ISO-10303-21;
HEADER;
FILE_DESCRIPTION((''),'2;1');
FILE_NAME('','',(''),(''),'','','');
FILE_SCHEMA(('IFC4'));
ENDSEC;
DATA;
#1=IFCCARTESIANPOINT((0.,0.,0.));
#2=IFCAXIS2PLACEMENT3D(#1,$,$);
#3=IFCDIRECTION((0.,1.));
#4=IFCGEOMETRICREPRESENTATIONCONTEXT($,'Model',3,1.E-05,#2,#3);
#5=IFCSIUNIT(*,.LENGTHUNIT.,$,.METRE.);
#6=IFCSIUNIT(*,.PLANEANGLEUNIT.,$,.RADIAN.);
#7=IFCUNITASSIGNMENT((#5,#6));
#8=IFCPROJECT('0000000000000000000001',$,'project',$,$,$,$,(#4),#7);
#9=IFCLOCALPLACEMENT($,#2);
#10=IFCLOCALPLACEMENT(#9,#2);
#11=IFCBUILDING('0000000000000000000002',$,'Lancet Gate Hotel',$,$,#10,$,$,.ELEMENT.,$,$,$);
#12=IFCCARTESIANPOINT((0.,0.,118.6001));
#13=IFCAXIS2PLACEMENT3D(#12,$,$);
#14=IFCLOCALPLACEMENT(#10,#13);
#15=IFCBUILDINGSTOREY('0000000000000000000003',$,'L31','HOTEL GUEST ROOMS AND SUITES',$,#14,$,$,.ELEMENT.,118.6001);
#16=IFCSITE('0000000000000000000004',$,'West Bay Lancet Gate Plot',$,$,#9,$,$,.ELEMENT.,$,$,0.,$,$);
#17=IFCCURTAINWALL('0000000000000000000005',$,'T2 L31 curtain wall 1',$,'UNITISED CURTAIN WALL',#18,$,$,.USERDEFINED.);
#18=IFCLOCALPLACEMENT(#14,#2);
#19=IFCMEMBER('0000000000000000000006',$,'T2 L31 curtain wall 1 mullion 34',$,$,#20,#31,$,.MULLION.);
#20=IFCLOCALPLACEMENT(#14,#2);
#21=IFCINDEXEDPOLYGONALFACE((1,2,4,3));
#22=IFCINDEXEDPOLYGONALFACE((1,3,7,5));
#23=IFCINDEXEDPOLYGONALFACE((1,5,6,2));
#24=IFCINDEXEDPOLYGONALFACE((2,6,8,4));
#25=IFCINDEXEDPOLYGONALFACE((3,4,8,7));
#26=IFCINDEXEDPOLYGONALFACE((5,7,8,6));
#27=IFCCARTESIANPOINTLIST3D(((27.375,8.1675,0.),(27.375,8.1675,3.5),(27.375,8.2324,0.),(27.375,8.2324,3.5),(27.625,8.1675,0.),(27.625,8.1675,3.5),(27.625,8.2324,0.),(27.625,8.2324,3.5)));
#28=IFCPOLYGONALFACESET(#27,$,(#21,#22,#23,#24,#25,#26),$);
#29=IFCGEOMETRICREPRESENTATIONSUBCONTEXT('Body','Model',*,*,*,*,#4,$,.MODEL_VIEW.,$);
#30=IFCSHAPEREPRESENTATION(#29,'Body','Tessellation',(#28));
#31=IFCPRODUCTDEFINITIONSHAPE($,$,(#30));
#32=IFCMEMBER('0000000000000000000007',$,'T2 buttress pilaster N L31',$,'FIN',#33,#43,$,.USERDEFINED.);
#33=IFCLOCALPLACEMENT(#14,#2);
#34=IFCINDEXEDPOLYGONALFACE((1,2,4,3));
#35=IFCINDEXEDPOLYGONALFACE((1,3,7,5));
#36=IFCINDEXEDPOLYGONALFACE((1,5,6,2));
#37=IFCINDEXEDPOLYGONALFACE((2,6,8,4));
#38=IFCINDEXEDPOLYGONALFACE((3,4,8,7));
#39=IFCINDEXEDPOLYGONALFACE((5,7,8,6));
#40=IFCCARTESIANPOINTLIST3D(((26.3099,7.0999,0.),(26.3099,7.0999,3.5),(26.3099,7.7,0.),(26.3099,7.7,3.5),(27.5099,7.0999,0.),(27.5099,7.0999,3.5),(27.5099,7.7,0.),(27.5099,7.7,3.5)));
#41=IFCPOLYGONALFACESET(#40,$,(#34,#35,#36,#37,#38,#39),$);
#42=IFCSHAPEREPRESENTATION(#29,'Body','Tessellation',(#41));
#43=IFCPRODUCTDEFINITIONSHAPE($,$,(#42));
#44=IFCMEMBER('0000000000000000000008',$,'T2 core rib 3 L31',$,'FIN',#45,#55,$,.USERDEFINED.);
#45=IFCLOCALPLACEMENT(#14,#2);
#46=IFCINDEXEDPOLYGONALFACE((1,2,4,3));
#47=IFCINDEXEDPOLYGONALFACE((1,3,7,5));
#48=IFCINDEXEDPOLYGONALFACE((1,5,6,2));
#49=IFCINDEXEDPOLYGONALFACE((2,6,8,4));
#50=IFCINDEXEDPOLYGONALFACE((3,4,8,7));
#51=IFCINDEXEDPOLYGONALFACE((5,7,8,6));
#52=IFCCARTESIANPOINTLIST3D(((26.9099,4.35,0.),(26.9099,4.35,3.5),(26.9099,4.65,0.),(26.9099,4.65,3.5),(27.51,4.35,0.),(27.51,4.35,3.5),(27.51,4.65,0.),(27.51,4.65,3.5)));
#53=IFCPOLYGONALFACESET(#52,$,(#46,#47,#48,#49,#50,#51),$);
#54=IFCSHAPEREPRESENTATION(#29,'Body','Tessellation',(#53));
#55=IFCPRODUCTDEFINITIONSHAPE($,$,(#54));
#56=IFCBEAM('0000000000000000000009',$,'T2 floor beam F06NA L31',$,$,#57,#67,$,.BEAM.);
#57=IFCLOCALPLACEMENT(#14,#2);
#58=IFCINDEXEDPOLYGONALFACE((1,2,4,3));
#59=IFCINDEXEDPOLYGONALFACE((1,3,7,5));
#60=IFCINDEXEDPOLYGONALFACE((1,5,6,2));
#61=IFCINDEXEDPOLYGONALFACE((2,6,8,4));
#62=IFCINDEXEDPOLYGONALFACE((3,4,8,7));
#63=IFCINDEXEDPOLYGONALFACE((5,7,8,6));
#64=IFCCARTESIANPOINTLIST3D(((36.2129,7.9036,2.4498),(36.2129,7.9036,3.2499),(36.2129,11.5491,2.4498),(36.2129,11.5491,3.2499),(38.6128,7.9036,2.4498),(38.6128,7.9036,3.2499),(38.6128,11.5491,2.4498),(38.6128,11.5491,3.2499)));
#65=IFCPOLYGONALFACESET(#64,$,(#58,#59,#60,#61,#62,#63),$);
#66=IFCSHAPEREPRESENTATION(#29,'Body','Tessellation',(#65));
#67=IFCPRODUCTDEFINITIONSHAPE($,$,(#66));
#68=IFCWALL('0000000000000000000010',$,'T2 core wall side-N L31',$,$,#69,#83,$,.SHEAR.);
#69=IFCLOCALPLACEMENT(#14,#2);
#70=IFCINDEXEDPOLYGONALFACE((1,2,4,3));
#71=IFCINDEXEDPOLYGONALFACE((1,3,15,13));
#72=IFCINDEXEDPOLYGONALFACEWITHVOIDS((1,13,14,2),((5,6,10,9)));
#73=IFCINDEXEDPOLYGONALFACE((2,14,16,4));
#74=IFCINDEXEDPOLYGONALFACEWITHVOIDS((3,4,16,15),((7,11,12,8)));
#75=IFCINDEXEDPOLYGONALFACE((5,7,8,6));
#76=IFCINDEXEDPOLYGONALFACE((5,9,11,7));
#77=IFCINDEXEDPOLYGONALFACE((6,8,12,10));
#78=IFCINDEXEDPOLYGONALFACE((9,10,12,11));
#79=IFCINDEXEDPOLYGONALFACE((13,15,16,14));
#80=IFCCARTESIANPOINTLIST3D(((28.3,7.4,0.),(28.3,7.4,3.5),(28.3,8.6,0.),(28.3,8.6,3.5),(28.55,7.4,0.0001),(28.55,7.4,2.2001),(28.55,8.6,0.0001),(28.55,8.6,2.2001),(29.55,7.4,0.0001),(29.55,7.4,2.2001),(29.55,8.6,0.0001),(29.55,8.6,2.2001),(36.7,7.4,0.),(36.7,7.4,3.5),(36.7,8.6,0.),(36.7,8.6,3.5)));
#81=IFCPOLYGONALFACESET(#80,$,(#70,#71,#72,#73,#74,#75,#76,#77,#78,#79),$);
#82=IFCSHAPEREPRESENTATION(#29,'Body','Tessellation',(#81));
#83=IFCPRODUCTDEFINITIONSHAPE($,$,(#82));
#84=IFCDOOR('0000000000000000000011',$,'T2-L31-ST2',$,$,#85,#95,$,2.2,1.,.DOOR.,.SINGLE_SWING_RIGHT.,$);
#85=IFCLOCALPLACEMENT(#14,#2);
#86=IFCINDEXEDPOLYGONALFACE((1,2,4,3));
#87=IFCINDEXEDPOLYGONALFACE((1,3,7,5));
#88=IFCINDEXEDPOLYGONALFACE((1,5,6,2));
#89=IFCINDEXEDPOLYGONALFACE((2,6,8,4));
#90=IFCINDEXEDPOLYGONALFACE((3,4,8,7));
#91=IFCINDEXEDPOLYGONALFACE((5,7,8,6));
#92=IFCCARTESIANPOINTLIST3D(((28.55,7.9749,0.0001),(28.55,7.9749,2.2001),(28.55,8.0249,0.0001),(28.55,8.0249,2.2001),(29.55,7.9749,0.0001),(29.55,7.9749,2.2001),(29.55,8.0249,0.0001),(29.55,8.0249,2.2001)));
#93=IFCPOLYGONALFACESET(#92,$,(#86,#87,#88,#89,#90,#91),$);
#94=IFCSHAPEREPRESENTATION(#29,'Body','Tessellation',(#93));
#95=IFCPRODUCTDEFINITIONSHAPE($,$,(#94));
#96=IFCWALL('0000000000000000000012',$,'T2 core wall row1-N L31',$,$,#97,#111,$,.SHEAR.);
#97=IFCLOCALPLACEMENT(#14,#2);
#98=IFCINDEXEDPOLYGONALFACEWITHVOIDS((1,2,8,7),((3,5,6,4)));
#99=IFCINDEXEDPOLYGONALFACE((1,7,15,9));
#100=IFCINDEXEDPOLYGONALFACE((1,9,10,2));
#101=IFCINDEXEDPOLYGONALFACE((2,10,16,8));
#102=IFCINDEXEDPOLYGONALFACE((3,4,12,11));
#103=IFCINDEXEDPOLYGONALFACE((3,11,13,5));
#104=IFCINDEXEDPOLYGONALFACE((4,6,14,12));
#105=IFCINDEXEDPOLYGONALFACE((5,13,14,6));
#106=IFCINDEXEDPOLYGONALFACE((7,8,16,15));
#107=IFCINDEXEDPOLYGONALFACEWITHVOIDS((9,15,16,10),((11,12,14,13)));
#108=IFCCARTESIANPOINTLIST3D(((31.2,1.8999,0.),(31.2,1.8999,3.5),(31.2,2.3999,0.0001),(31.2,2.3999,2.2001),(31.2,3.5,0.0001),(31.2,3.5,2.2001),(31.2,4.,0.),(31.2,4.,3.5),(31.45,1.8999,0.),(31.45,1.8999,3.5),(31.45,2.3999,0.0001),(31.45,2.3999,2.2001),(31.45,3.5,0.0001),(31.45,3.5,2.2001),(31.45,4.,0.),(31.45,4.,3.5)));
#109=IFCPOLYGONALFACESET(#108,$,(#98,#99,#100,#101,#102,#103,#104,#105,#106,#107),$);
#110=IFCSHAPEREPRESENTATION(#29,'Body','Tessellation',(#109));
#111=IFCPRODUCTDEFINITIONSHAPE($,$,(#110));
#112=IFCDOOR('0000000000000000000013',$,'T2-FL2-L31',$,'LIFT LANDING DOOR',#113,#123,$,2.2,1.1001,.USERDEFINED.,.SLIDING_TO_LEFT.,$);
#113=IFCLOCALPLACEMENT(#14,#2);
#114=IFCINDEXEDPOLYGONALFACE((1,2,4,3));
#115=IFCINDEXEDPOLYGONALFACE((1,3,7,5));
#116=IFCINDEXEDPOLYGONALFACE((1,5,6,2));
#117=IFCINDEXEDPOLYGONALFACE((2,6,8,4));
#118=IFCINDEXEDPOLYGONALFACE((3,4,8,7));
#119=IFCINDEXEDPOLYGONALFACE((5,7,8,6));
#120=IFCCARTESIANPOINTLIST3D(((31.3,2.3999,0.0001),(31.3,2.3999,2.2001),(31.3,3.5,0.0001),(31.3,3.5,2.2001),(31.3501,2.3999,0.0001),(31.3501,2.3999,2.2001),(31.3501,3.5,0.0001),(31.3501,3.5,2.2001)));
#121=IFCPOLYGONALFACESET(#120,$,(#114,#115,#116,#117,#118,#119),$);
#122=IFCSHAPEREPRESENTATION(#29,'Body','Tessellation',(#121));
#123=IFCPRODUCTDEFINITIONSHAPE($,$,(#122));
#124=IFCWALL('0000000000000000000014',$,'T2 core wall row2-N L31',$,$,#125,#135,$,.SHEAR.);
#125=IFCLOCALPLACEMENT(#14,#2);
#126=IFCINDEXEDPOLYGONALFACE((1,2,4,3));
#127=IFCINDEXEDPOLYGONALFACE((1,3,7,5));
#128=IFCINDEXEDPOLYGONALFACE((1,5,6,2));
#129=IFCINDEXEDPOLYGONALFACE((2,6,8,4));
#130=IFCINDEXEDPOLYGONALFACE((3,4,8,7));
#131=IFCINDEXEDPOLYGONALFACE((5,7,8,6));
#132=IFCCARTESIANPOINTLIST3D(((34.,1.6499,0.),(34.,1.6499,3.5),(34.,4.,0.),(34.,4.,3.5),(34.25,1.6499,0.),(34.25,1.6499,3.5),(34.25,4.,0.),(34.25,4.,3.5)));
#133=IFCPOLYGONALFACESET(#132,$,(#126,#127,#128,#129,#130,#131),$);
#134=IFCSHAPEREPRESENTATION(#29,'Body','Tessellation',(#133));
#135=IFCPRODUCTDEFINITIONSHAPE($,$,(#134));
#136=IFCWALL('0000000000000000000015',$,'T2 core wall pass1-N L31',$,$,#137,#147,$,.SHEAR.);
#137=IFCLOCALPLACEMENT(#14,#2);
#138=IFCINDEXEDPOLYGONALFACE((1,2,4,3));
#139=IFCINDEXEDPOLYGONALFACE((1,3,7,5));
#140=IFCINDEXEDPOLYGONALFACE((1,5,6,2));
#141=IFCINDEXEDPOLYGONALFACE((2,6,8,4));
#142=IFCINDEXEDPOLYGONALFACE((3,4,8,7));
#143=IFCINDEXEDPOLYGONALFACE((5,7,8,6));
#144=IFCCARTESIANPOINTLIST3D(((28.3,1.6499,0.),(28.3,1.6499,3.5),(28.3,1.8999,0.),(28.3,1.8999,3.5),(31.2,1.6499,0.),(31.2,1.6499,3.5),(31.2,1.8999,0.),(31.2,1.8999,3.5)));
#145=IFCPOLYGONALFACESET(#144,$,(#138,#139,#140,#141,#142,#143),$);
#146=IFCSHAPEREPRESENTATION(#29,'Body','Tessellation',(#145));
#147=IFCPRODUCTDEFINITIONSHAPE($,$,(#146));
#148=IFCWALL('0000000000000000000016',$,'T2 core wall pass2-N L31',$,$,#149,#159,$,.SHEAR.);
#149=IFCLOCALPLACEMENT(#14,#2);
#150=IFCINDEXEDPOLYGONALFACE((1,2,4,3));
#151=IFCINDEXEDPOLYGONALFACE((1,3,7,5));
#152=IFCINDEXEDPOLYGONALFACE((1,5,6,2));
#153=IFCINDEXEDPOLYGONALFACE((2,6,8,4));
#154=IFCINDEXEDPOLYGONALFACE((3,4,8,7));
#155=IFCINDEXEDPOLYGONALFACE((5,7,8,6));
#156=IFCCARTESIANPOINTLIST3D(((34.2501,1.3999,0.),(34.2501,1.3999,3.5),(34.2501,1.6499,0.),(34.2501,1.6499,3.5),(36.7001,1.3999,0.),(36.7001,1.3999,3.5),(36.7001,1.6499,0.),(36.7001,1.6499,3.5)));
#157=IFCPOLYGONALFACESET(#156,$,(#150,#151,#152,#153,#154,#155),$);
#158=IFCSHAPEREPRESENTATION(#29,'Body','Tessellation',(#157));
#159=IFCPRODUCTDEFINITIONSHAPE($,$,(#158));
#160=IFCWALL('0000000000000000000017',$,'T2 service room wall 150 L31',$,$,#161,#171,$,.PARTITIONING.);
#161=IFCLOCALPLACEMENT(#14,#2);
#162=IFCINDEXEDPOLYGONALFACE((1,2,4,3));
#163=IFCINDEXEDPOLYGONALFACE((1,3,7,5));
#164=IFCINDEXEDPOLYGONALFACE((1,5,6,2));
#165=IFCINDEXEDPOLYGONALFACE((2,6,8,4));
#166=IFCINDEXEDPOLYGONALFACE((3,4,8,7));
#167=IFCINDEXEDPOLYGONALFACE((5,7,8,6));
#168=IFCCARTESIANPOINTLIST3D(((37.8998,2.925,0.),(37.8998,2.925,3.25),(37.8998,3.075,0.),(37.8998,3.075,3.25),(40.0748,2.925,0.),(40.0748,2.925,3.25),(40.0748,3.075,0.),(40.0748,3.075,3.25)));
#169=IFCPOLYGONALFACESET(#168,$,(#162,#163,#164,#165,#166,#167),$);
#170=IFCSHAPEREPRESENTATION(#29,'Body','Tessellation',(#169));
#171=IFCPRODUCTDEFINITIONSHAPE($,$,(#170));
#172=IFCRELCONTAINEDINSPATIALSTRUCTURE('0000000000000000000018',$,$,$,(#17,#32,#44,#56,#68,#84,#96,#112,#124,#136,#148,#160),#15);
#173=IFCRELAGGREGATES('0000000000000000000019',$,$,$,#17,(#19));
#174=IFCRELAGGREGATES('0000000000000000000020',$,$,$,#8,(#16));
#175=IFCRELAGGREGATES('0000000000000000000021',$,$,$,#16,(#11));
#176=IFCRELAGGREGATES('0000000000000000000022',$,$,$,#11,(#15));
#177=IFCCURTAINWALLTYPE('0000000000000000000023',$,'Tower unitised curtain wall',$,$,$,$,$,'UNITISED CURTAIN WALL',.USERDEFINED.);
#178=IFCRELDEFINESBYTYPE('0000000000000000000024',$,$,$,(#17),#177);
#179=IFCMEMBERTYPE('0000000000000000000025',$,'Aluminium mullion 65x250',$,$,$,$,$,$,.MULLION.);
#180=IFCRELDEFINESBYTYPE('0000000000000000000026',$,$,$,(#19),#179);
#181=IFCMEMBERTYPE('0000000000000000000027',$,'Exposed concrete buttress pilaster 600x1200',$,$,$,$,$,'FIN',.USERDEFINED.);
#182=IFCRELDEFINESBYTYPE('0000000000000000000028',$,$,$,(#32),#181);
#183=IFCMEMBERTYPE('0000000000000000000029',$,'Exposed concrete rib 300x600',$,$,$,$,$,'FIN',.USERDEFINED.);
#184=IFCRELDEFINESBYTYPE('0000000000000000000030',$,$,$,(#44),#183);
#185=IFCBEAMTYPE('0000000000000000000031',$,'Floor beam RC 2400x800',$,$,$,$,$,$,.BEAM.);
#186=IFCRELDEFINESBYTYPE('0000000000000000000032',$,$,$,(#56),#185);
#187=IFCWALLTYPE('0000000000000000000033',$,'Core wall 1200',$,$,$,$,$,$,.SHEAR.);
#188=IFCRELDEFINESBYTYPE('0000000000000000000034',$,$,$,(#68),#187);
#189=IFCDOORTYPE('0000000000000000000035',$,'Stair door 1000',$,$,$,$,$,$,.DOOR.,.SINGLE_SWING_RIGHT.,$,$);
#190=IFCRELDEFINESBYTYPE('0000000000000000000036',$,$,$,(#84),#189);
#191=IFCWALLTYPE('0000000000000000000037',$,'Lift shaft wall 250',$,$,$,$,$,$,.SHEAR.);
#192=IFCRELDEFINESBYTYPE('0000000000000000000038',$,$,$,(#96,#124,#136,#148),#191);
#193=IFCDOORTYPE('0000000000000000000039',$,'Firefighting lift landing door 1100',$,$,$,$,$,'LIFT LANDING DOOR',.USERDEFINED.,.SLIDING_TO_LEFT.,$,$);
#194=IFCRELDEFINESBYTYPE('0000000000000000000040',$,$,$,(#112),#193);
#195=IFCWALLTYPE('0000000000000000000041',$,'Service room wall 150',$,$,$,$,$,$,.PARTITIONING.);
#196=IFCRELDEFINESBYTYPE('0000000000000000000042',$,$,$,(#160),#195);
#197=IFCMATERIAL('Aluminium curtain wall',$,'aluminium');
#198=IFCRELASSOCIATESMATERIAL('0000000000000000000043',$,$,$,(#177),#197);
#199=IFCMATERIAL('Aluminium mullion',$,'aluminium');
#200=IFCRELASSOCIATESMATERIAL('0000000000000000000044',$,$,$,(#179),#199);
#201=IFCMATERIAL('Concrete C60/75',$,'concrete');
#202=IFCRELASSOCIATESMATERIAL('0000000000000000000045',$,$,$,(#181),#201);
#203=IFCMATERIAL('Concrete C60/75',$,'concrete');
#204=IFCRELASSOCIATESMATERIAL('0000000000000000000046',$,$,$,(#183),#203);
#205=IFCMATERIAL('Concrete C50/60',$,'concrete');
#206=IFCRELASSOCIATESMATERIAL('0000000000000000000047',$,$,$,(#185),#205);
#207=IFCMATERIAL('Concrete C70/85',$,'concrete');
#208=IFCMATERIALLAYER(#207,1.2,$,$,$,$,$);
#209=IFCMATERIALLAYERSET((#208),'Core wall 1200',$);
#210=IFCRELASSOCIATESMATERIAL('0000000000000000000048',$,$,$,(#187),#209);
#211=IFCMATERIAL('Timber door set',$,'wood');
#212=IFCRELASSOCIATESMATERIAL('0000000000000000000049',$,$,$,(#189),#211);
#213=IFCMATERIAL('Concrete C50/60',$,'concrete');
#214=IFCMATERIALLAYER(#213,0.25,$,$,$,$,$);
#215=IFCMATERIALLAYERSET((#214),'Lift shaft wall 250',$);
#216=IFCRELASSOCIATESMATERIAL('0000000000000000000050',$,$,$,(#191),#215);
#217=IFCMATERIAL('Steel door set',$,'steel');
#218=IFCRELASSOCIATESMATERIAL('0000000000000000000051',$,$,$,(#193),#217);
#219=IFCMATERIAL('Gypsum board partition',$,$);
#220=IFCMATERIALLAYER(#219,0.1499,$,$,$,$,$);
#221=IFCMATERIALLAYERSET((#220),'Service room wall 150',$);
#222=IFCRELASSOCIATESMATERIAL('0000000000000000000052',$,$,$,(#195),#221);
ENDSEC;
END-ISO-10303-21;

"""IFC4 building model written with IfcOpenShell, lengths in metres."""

from ifc_helpers import new_model, si_unit, direction, frame, frame_2d, origin, origin_2d, place, context, subcontext, project, spatial, rectangle, extrude, material, layer, layer_set, material_profile, profile_set, type_object, element, fill, aggregate, save


model = new_model("IFC4")

# Units and contexts
model_context = context("Model", 3, precision=1e-05, world=origin(), true_north=direction((0.0, 1.0)))
body_context = subcontext(model_context, "Body", "Model", "MODEL_VIEW")
ifc_project = project(units=[si_unit("LENGTHUNIT", "METRE"), si_unit("PLANEANGLEUNIT", "RADIAN")], contexts=[model_context])

# Site, building, storey
site_placement = place(None, origin())
site = spatial("IfcSite", under=ifc_project, at=site_placement, Name="West Bay Lancet Gate Plot", CompositionType="ELEMENT", RefElevation=0.0)
building_placement = place(site_placement, origin())
building = spatial("IfcBuilding", under=site, at=building_placement, Name="Lancet Gate Hotel", CompositionType="ELEMENT")
storey_placement = place(building_placement, frame((0.0, 0.0, 118.6001)))
storey = spatial("IfcBuildingStorey", under=building, at=storey_placement, Name="L31", Description="HOTEL GUEST ROOMS AND SUITES", CompositionType="ELEMENT", Elevation=118.6001)

# Curtain wall, member
ifc_material_1 = material(Name="Aluminium curtain wall", Category="aluminium")
curtain_wall_type = type_object("IfcCurtainWallType", Name="Tower unitised curtain wall", ElementType="UNITISED CURTAIN WALL", PredefinedType="USERDEFINED", material=ifc_material_1)
curtain_wall_placement = place(storey_placement, origin())
curtain_wall = element("IfcCurtainWall", 1, at=curtain_wall_placement, inside=storey, type_object=curtain_wall_type, Name="T2 L31 curtain wall 1", ObjectType="UNITISED CURTAIN WALL", PredefinedType="USERDEFINED")
ifc_material_2 = material(Name="Aluminium mullion", Category="aluminium")
ifc_material_profile_1 = material_profile(ifc_material_2, rectangle(XDim=0.0649, YDim=0.25, at=origin_2d()), Name="MULLION 65x250")
ifc_profile_set_1 = profile_set([ifc_material_profile_1], Name="Aluminium mullion")
member_type_1 = type_object("IfcMemberType", Name="Aluminium mullion 65x250", PredefinedType="MULLION", material=ifc_profile_set_1)
member_1_placement = place(storey_placement, frame((27.5, 8.2, 0.0), z_axis=(0.0, 0.0, 1.0), x_axis=(0.0, -1.0, 0.0)))
member_1 = element("IfcMember", 2, at=member_1_placement, type_object=member_type_1, Name="T2 L31 curtain wall 1 mullion 34", PredefinedType="MULLION", context=body_context, shape_type="SweptSolid", body=[
    extrude(rectangle(XDim=0.0649, YDim=0.25, at=origin_2d()), origin(), (0.0, 0.0, 1.0), 3.5),
])
aggregate(curtain_wall, [member_1])

# Members
ifc_material_3 = material(Name="Concrete C60/75", Category="concrete")
ifc_material_profile_2 = material_profile(ifc_material_3, rectangle(XDim=0.6001, YDim=1.2, at=origin_2d()), Name="FIN 600x1200")
ifc_profile_set_2 = profile_set([ifc_material_profile_2], Name="Concrete C60/75")
member_type_2 = type_object("IfcMemberType", Name="Exposed concrete buttress pilaster 600x1200", ElementType="FIN", PredefinedType="USERDEFINED", material=ifc_profile_set_2)
member_2_placement = place(storey_placement, frame((26.9099, 7.3999, 0.0), z_axis=(0.0, 0.0, 1.0), x_axis=(0.0, 1.0, 0.0)))
element("IfcMember", 3, at=member_2_placement, inside=storey, type_object=member_type_2, Name="T2 buttress pilaster N L31", ObjectType="FIN", PredefinedType="USERDEFINED", context=body_context, shape_type="SweptSolid", body=[
    extrude(rectangle(XDim=0.6001, YDim=1.2, at=origin_2d()), origin(), (0.0, 0.0, 1.0), 3.5),
])
ifc_material_4 = material(Name="Concrete C60/75", Category="concrete")
ifc_material_profile_3 = material_profile(ifc_material_4, rectangle(XDim=0.3, YDim=0.6001, at=origin_2d()), Name="FIN 300x600")
ifc_profile_set_3 = profile_set([ifc_material_profile_3], Name="Concrete C60/75")
member_type_3 = type_object("IfcMemberType", Name="Exposed concrete rib 300x600", ElementType="FIN", PredefinedType="USERDEFINED", material=ifc_profile_set_3)
member_3_placement = place(storey_placement, frame((27.21, 4.5, 0.0), z_axis=(0.0, 0.0, 1.0), x_axis=(0.0, 1.0, 0.0)))
element("IfcMember", 4, at=member_3_placement, inside=storey, type_object=member_type_3, Name="T2 core rib 3 L31", ObjectType="FIN", PredefinedType="USERDEFINED", context=body_context, shape_type="SweptSolid", body=[
    extrude(rectangle(XDim=0.3, YDim=0.6001, at=origin_2d()), origin(), (0.0, 0.0, 1.0), 3.5),
])

# Beam
ifc_material_5 = material(Name="Concrete C50/60", Category="concrete")
ifc_material_profile_4 = material_profile(ifc_material_5, rectangle(XDim=2.3999, YDim=0.8, at=origin_2d()), Name="RC 2400x800")
ifc_profile_set_4 = profile_set([ifc_material_profile_4], Name="Concrete C50/60")
beam_type = type_object("IfcBeamType", Name="Floor beam RC 2400x800", PredefinedType="BEAM", material=ifc_profile_set_4)
beam_placement = place(storey_placement, frame((37.4128, 7.9036, 2.8499), z_axis=(0.0, 1.0, 0.0), x_axis=(-1.0, 0.0, 0.0)))
element("IfcBeam", 5, at=beam_placement, inside=storey, type_object=beam_type, Name="T2 floor beam F06NA L31", PredefinedType="BEAM", context=body_context, shape_type="SweptSolid", body=[
    extrude(rectangle(XDim=2.3999, YDim=0.8, at=origin_2d()), origin(), (0.0, 0.0, 1.0), 3.6455),
])

# Walls, openings, doors
ifc_material_6 = material(Name="Concrete C70/85", Category="concrete")
ifc_layer_1 = layer(ifc_material_6, 1.2)
ifc_layer_set_1 = layer_set([ifc_layer_1], Name="Core wall 1200")
wall_type_1 = type_object("IfcWallType", Name="Core wall 1200", PredefinedType="SHEAR", material=ifc_layer_set_1)
wall_1_placement = place(storey_placement, frame((28.3, 8.0, 0.0), z_axis=(0.0, 0.0, 1.0), x_axis=(1.0, 0.0, 0.0)))
wall_1 = element("IfcWall", 6, at=wall_1_placement, inside=storey, type_object=wall_type_1, Name="T2 core wall side-N L31", PredefinedType="SHEAR", context=body_context, shape_type="SweptSolid", body=[
    extrude(rectangle(XDim=8.3999, YDim=1.2, at=frame_2d((4.2, 0.0))), origin(), (0.0, 0.0, 1.0), 3.5),
])
opening_1_placement = place(wall_1_placement, frame((0.25, 0.0, 0.0)))
opening_1 = element("IfcOpeningElement", 7, at=opening_1_placement, cuts=wall_1, PredefinedType="OPENING", context=body_context, shape_type="SweptSolid", body=[
    extrude(rectangle(XDim=1.0, YDim=2.2, at=frame_2d((0.5, 1.1001))), frame((0.0, 0.6099, 0.0), z_axis=(0.0, -1.0, 0.0), x_axis=(1.0, 0.0, 0.0)), (0.0, 0.0, 1.0), 1.22),
])
ifc_material_7 = material(Name="Timber door set", Category="wood")
door_type_1 = type_object("IfcDoorType", Name="Stair door 1000", OperationType="SINGLE_SWING_RIGHT", PredefinedType="DOOR", material=ifc_material_7)
door_1_placement = place(opening_1_placement, origin())
door_1 = element("IfcDoor", 8, at=door_1_placement, inside=storey, type_object=door_type_1, Name="T2-L31-ST2", OperationType="SINGLE_SWING_RIGHT", OverallHeight=2.2, OverallWidth=1.0, PredefinedType="DOOR", context=body_context, shape_type="SweptSolid", body=[
    extrude(rectangle(XDim=1.0, YDim=2.2, at=frame_2d((0.5, 1.1001))), frame((0.0, 0.0249, 0.0), z_axis=(0.0, -1.0, 0.0), x_axis=(1.0, 0.0, 0.0)), (0.0, 0.0, 1.0), 0.05),
])
fill(opening_1, door_1)
ifc_material_8 = material(Name="Concrete C50/60", Category="concrete")
ifc_layer_2 = layer(ifc_material_8, 0.25)
ifc_layer_set_2 = layer_set([ifc_layer_2], Name="Lift shaft wall 250")
wall_type_2 = type_object("IfcWallType", Name="Lift shaft wall 250", PredefinedType="SHEAR", material=ifc_layer_set_2)
wall_2_placement = place(storey_placement, frame((31.325, 1.8999, 0.0), z_axis=(0.0, 0.0, 1.0), x_axis=(0.0, 1.0, 0.0)))
wall_2 = element("IfcWall", 9, at=wall_2_placement, inside=storey, type_object=wall_type_2, Name="T2 core wall row1-N L31", PredefinedType="SHEAR", context=body_context, shape_type="SweptSolid", body=[
    extrude(rectangle(XDim=2.1001, YDim=0.25, at=frame_2d((1.05, 0.0))), origin(), (0.0, 0.0, 1.0), 3.5),
])
opening_2_placement = place(wall_2_placement, frame((0.5, 0.0, 0.0)))
opening_2 = element("IfcOpeningElement", 10, at=opening_2_placement, cuts=wall_2, PredefinedType="OPENING", context=body_context, shape_type="SweptSolid", body=[
    extrude(rectangle(XDim=1.1001, YDim=2.2, at=frame_2d((0.55, 1.1001))), frame((0.0, 0.135, 0.0), z_axis=(0.0, -1.0, 0.0), x_axis=(1.0, 0.0, 0.0)), (0.0, 0.0, 1.0), 0.27),
])
ifc_material_9 = material(Name="Steel door set", Category="steel")
door_type_2 = type_object("IfcDoorType", Name="Firefighting lift landing door 1100", ElementType="LIFT LANDING DOOR", OperationType="SLIDING_TO_LEFT", PredefinedType="USERDEFINED", material=ifc_material_9)
door_2_placement = place(opening_2_placement, origin())
door_2 = element("IfcDoor", 11, at=door_2_placement, inside=storey, type_object=door_type_2, Name="T2-FL2-L31", ObjectType="LIFT LANDING DOOR", OperationType="SLIDING_TO_LEFT", OverallHeight=2.2, OverallWidth=1.1001, PredefinedType="USERDEFINED", context=body_context, shape_type="SweptSolid", body=[
    extrude(rectangle(XDim=1.1001, YDim=2.2, at=frame_2d((0.55, 1.1001))), frame((0.0, 0.0249, 0.0), z_axis=(0.0, -1.0, 0.0), x_axis=(1.0, 0.0, 0.0)), (0.0, 0.0, 1.0), 0.05),
])
fill(opening_2, door_2)

# Walls
wall_3_placement = place(storey_placement, frame((34.125, 1.6499, 0.0), z_axis=(0.0, 0.0, 1.0), x_axis=(0.0, 1.0, 0.0)))
element("IfcWall", 12, at=wall_3_placement, inside=storey, type_object=wall_type_2, Name="T2 core wall row2-N L31", PredefinedType="SHEAR", context=body_context, shape_type="SweptSolid", body=[
    extrude(rectangle(XDim=2.3501, YDim=0.25, at=frame_2d((1.175, 0.0))), origin(), (0.0, 0.0, 1.0), 3.5),
])
wall_4_placement = place(storey_placement, frame((28.3, 1.7749, 0.0), z_axis=(0.0, 0.0, 1.0), x_axis=(1.0, 0.0, 0.0)))
element("IfcWall", 13, at=wall_4_placement, inside=storey, type_object=wall_type_2, Name="T2 core wall pass1-N L31", PredefinedType="SHEAR", context=body_context, shape_type="SweptSolid", body=[
    extrude(rectangle(XDim=2.8999, YDim=0.25, at=frame_2d((1.45, 0.0))), origin(), (0.0, 0.0, 1.0), 3.5),
])
wall_5_placement = place(storey_placement, frame((34.25, 1.5249, 0.0), z_axis=(0.0, 0.0, 1.0), x_axis=(1.0, 0.0, 0.0)))
element("IfcWall", 14, at=wall_5_placement, inside=storey, type_object=wall_type_2, Name="T2 core wall pass2-N L31", PredefinedType="SHEAR", context=body_context, shape_type="SweptSolid", body=[
    extrude(rectangle(XDim=2.45, YDim=0.25, at=frame_2d((1.2251, 0.0))), origin(), (0.0, 0.0, 1.0), 3.5),
])
ifc_material_10 = material(Name="Gypsum board partition")
ifc_layer_3 = layer(ifc_material_10, 0.1499)
ifc_layer_set_3 = layer_set([ifc_layer_3], Name="Service room wall 150")
wall_type_3 = type_object("IfcWallType", Name="Service room wall 150", PredefinedType="PARTITIONING", material=ifc_layer_set_3)
for number, where, z_axis, x_axis, name in (
    (15, (37.8999, 3.0, 0.0), (0.0, 0.0, 1.0), (1.0, 0.0, 0.0), "T2 service room wall 150 L31"),
):
    element("IfcWall", number, at=place(storey_placement, frame(where, z_axis=z_axis, x_axis=x_axis)), inside=storey, type_object=wall_type_3, Name=name, PredefinedType="PARTITIONING", context=body_context, shape_type="SweptSolid", body=[
        extrude(rectangle(XDim=2.175, YDim=0.1499, at=frame_2d((1.0874, 0.0))), origin(), (0.0, 0.0, 1.0), 3.25),
    ])

save(model, "model.ifc")
